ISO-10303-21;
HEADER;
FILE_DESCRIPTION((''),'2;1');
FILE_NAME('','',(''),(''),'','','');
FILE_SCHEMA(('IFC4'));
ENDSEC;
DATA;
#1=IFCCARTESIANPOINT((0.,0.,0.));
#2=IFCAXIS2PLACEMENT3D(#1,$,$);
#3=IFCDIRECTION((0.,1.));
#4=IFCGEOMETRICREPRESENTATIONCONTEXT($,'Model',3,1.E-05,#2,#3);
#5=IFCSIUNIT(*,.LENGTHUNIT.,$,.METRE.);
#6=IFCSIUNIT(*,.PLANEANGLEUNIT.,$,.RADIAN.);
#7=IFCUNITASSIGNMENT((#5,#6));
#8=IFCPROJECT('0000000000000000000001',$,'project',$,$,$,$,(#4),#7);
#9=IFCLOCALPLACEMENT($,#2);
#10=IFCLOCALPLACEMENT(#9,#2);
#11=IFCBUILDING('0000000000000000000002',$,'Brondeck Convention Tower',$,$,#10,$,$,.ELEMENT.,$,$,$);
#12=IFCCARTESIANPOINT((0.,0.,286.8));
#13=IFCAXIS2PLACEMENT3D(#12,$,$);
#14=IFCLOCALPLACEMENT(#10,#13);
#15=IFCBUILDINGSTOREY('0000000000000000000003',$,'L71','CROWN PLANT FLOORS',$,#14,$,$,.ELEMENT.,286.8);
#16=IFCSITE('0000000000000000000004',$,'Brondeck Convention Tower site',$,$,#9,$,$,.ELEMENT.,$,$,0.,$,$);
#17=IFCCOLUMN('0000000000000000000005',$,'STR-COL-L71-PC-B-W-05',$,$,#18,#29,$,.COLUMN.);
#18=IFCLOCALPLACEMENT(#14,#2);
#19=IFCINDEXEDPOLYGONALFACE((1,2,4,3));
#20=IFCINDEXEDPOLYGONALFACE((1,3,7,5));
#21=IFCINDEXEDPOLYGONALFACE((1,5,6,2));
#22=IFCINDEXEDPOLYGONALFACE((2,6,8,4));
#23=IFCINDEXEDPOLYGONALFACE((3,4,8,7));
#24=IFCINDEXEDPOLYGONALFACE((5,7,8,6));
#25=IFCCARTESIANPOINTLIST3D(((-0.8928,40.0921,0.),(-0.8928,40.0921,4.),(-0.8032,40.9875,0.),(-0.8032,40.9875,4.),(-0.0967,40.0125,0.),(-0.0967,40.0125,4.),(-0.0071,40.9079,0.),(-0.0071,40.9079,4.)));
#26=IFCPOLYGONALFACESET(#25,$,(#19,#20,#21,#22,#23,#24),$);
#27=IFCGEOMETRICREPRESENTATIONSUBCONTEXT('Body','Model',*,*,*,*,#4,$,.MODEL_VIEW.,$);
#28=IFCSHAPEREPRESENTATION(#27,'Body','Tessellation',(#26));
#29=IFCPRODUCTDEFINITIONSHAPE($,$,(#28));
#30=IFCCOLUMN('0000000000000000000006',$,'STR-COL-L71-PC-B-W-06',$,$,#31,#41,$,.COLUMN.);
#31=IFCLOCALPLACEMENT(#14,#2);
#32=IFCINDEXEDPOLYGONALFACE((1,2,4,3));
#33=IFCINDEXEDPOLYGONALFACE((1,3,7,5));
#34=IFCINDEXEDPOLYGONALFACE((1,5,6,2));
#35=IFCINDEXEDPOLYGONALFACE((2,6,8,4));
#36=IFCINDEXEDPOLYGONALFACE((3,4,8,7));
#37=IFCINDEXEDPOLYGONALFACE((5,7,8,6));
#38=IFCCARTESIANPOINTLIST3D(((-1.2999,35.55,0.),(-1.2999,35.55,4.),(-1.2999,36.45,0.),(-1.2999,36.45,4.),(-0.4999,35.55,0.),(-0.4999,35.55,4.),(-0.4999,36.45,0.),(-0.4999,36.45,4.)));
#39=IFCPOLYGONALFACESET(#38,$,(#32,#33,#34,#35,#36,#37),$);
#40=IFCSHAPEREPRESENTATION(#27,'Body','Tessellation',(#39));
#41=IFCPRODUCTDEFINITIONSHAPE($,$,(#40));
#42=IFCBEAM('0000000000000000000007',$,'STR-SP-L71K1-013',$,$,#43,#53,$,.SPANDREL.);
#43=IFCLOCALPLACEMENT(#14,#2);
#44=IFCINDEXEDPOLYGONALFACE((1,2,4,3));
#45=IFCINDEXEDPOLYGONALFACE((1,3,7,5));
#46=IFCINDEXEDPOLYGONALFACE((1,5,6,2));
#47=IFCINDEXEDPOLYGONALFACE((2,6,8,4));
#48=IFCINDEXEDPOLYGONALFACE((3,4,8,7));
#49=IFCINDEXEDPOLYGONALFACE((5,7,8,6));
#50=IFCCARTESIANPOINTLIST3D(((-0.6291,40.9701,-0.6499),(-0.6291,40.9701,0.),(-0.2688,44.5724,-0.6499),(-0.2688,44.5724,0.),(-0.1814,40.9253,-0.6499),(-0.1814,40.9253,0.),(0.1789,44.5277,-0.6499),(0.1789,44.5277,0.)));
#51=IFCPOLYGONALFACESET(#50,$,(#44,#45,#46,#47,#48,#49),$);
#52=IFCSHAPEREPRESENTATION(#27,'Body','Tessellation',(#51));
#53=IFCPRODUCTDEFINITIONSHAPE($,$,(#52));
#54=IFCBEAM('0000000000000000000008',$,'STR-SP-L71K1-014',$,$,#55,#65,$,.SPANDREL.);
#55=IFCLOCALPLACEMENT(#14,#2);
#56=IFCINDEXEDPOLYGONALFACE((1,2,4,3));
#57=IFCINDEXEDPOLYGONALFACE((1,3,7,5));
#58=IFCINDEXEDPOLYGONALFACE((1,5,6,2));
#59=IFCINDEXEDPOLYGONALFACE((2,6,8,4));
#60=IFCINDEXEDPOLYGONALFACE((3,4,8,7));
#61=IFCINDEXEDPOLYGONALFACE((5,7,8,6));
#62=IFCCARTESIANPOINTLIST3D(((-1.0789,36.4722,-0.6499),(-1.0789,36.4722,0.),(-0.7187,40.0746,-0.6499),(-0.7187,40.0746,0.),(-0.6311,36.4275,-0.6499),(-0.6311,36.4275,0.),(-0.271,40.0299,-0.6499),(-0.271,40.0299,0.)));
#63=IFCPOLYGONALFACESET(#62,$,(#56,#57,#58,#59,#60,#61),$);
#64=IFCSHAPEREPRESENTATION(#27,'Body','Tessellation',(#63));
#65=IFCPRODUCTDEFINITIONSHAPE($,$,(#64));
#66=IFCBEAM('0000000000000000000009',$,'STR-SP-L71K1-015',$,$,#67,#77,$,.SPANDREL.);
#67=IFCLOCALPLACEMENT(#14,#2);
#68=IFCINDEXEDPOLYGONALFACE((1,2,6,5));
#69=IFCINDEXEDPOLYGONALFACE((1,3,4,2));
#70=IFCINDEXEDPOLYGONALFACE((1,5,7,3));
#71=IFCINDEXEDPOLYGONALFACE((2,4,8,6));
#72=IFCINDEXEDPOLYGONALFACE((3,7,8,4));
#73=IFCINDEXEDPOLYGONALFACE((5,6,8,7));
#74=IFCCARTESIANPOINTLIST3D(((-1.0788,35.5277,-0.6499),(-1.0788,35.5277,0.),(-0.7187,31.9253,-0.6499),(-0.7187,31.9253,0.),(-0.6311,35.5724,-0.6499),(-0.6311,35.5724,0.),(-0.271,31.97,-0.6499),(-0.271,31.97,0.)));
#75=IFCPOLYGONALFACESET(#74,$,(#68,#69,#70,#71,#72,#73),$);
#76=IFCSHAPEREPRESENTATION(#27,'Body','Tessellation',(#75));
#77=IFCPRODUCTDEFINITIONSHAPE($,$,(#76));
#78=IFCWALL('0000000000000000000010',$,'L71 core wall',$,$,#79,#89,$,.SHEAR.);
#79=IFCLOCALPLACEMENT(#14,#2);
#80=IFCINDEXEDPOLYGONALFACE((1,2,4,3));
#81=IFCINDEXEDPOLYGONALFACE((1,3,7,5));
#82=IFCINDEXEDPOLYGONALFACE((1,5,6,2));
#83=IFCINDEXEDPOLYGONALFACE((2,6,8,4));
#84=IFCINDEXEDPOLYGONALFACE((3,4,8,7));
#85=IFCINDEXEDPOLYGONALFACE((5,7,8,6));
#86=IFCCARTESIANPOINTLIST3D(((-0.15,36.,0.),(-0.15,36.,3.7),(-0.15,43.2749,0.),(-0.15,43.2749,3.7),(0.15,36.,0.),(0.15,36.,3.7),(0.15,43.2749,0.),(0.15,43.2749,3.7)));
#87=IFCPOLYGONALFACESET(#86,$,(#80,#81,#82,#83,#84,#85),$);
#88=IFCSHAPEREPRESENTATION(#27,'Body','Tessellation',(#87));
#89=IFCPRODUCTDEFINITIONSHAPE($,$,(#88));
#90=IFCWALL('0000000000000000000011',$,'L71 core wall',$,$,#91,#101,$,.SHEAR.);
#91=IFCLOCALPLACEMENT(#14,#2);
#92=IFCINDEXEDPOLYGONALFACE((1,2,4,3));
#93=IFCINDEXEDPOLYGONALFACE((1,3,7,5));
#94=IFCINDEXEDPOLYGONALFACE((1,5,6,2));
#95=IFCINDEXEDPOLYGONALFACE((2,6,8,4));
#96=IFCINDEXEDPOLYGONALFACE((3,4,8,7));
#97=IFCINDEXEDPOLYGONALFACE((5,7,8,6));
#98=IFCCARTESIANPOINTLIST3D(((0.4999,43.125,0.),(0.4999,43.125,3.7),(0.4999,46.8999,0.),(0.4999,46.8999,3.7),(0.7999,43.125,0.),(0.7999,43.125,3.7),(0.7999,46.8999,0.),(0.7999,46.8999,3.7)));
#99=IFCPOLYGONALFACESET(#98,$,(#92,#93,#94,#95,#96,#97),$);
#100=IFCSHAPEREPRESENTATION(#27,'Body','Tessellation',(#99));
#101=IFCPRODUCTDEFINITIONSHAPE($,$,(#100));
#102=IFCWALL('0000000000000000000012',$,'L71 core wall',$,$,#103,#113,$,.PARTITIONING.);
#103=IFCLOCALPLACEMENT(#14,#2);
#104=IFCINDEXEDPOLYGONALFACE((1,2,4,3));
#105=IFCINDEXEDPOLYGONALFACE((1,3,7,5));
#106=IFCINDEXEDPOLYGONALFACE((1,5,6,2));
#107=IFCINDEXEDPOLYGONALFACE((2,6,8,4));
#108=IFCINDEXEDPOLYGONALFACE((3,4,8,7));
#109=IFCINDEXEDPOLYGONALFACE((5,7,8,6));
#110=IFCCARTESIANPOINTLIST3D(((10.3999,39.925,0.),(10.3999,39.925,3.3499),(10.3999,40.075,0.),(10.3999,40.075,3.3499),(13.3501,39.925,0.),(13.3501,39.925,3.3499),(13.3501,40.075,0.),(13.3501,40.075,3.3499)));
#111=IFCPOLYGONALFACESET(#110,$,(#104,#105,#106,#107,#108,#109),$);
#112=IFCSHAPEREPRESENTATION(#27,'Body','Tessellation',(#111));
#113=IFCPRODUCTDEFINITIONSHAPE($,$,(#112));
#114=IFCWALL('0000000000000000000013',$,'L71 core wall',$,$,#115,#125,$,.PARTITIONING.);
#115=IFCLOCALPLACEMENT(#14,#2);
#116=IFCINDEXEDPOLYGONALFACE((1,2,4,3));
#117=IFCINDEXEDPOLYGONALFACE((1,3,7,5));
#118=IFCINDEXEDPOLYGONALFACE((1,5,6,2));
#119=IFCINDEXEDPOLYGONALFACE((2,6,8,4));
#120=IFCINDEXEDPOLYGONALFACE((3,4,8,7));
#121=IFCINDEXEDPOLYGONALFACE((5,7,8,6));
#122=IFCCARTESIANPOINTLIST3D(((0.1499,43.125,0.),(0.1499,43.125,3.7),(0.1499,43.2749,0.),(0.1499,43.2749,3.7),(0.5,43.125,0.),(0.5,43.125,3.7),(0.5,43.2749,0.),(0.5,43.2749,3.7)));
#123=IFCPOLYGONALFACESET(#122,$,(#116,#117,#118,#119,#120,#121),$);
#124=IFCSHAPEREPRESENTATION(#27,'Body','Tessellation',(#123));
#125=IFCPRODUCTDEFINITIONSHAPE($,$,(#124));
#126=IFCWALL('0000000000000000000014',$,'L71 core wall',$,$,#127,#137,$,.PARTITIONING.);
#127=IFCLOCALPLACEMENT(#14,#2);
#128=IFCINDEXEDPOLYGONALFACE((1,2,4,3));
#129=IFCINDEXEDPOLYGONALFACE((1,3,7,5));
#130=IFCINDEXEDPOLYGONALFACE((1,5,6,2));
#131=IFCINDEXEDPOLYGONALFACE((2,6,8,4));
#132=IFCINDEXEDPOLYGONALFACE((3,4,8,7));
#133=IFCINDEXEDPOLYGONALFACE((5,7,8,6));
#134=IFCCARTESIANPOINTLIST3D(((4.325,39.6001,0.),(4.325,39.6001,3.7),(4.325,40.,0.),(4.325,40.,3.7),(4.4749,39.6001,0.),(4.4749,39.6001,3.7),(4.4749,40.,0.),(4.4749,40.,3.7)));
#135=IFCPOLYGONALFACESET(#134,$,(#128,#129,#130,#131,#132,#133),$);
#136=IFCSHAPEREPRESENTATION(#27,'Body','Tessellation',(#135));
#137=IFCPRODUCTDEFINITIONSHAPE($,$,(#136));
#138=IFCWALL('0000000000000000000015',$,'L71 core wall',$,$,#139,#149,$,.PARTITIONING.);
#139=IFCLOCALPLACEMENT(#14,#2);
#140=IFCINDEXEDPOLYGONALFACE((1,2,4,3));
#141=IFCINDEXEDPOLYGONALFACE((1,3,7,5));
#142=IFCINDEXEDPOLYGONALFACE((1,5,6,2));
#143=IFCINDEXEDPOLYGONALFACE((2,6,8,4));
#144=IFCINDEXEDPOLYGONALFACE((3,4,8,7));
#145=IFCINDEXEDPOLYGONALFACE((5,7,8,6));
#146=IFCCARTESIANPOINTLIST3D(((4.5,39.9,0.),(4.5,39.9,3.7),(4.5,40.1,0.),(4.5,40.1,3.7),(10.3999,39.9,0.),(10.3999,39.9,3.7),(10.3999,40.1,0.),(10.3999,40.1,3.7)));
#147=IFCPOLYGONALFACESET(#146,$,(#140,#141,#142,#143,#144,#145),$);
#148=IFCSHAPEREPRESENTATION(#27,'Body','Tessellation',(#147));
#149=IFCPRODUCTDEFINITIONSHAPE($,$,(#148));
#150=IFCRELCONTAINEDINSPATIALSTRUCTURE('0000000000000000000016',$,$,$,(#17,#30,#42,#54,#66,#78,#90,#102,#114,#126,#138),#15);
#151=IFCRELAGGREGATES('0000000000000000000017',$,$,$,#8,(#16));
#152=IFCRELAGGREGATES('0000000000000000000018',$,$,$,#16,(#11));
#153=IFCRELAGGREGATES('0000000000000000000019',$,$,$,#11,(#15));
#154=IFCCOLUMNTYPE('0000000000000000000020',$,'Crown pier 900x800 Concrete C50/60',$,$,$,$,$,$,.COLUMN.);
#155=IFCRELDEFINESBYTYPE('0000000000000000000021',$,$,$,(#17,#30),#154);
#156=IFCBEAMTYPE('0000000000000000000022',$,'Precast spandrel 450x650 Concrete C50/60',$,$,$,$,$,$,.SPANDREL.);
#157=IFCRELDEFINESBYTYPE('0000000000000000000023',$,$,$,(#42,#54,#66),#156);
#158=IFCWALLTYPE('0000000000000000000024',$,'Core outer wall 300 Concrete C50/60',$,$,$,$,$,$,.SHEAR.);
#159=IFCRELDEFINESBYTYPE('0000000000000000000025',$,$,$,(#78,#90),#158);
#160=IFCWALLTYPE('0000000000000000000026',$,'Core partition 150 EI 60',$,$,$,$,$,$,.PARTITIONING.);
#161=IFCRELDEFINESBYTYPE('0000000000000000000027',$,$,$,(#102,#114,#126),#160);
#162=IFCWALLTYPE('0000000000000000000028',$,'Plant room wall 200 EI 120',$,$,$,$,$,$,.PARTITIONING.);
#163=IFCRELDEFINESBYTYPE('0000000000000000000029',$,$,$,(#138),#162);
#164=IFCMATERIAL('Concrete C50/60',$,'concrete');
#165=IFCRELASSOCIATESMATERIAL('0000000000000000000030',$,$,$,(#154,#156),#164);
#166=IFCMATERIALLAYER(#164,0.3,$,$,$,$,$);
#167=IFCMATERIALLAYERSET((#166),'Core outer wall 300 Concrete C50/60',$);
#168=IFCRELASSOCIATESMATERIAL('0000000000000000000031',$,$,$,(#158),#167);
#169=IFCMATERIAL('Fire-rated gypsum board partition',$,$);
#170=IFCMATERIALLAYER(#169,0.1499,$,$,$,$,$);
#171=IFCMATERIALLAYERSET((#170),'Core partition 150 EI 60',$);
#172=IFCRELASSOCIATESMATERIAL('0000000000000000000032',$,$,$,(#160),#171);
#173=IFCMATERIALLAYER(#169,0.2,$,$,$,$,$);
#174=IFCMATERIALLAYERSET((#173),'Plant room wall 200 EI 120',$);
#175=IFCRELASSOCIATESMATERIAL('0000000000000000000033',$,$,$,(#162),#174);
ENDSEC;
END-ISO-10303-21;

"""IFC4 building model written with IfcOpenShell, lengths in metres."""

from ifc_helpers import new_model, si_unit, direction, frame, frame_2d, origin, origin_2d, place, context, subcontext, project, spatial, rectangle, extrude, material, layer, layer_set, material_profile, profile_set, type_object, element, save


model = new_model("IFC4")

# Units and contexts
model_context = context("Model", 3, precision=1e-05, world=origin(), true_north=direction((0.0, 1.0)))
body_context = subcontext(model_context, "Body", "Model", "MODEL_VIEW")
ifc_project = project(units=[si_unit("LENGTHUNIT", "METRE"), si_unit("PLANEANGLEUNIT", "RADIAN")], contexts=[model_context])

# Site, building, storey
site_placement = place(None, origin())
site = spatial("IfcSite", under=ifc_project, at=site_placement, Name="Brondeck Convention Tower site", CompositionType="ELEMENT", RefElevation=0.0)
building_placement = place(site_placement, origin())
building = spatial("IfcBuilding", under=site, at=building_placement, Name="Brondeck Convention Tower", CompositionType="ELEMENT")
storey_placement = place(building_placement, frame((0.0, 0.0, 286.8)))
storey = spatial("IfcBuildingStorey", under=building, at=storey_placement, Name="L71", Description="CROWN PLANT FLOORS", CompositionType="ELEMENT", Elevation=286.8)

# Columns
ifc_material_1 = material(Name="Concrete C50/60", Category="concrete")
ifc_material_profile_1 = material_profile(ifc_material_1, rectangle(XDim=0.8999, YDim=0.8, at=origin_2d()), Name="Crown pier 900x800 Concrete C50/60")
ifc_profile_set_1 = profile_set([ifc_material_profile_1], Name="Concrete C50/60")
column_type = type_object("IfcColumnType", Name="Crown pier 900x800 Concrete C50/60", PredefinedType="COLUMN", material=ifc_profile_set_1)
for number, where, z_axis, x_axis, name in (
    (1, (-0.45, 40.5, 0.0), (0.0, 0.0, 1.0), (-0.099504, -0.995037, 0.0), "STR-COL-L71-PC-B-W-05"),
    (2, (-0.8999, 36.0, 0.0), (0.0, 0.0, 1.0), (0.0, -1.0, 0.0), "STR-COL-L71-PC-B-W-06"),
):
    element("IfcColumn", number, at=place(storey_placement, frame(where, z_axis=z_axis, x_axis=x_axis)), inside=storey, type_object=column_type, Name=name, PredefinedType="COLUMN", context=body_context, shape_type="SweptSolid", body=[
        extrude(rectangle(XDim=0.8999, YDim=0.8, at=origin_2d()), origin(), (0.0, 0.0, 1.0), 4.0),
    ])

# Beams
ifc_material_profile_2 = material_profile(ifc_material_1, rectangle(XDim=0.45, YDim=0.6499, at=origin_2d()), Name="Precast spandrel 450x650 Concrete C50/60")
ifc_profile_set_2 = profile_set([ifc_material_profile_2], Name="Concrete C50/60")
beam_type = type_object("IfcBeamType", Name="Precast spandrel 450x650 Concrete C50/60", PredefinedType="SPANDREL", material=ifc_profile_set_2)
for number, where, z_axis, x_axis, name in (
    (3, (-0.0449, 44.55, -0.325), (-0.099537, -0.995034, 0.0), (0.995034, -0.099537, 0.0), "STR-SP-L71K1-013"),
    (4, (-0.4949, 40.0522, -0.325), (-0.09947, -0.995041, 0.0), (0.995041, -0.09947, 0.0), "STR-SP-L71K1-014"),
    (5, (-0.855, 35.55, -0.325), (0.09947, -0.995041, 0.0), (0.995041, 0.09947, 0.0), "STR-SP-L71K1-015"),
):
    element("IfcBeam", number, at=place(storey_placement, frame(where, z_axis=z_axis, x_axis=x_axis)), inside=storey, type_object=beam_type, Name=name, PredefinedType="SPANDREL", context=body_context, shape_type="SweptSolid", body=[
        extrude(rectangle(XDim=0.45, YDim=0.6499, at=origin_2d()), origin(), (0.0, 0.0, 1.0), 3.6204),
    ])

# Walls
ifc_layer_1 = layer(ifc_material_1, 0.3)
ifc_layer_set_1 = layer_set([ifc_layer_1], Name="Core outer wall 300 Concrete C50/60")
wall_type_1 = type_object("IfcWallType", Name="Core outer wall 300 Concrete C50/60", PredefinedType="SHEAR", material=ifc_layer_set_1)
wall_1_placement = place(storey_placement, frame((0.0, 36.0, 0.0), z_axis=(0.0, 0.0, 1.0), x_axis=(0.0, 1.0, 0.0)))
element("IfcWall", 6, at=wall_1_placement, inside=storey, type_object=wall_type_1, Name="L71 core wall", PredefinedType="SHEAR", context=body_context, shape_type="SweptSolid", body=[
    extrude(rectangle(XDim=7.2749, YDim=0.3, at=frame_2d((3.6375, 0.0))), origin(), (0.0, 0.0, 1.0), 3.7),
])
wall_2_placement = place(storey_placement, frame((0.6499, 43.125, 0.0), z_axis=(0.0, 0.0, 1.0), x_axis=(0.0, 1.0, 0.0)))
element("IfcWall", 7, at=wall_2_placement, inside=storey, type_object=wall_type_1, Name="L71 core wall", PredefinedType="SHEAR", context=body_context, shape_type="SweptSolid", body=[
    extrude(rectangle(XDim=3.7749, YDim=0.3, at=frame_2d((1.8875, 0.0))), origin(), (0.0, 0.0, 1.0), 3.7),
])
ifc_material_2 = material(Name="Fire-rated gypsum board partition")
ifc_layer_2 = layer(ifc_material_2, 0.1499)
ifc_layer_set_2 = layer_set([ifc_layer_2], Name="Core partition 150 EI 60")
wall_type_2 = type_object("IfcWallType", Name="Core partition 150 EI 60", PredefinedType="PARTITIONING", material=ifc_layer_set_2)
wall_3_placement = place(storey_placement, frame((10.3999, 40.0, 0.0), z_axis=(0.0, 0.0, 1.0), x_axis=(1.0, 0.0, 0.0)))
element("IfcWall", 8, at=wall_3_placement, inside=storey, type_object=wall_type_2, Name="L71 core wall", PredefinedType="PARTITIONING", context=body_context, shape_type="SweptSolid", body=[
    extrude(rectangle(XDim=2.9502, YDim=0.1499, at=frame_2d((1.4751, 0.0))), origin(), (0.0, 0.0, 1.0), 3.3499),
])
wall_4_placement = place(storey_placement, frame((0.1499, 43.2, 0.0), z_axis=(0.0, 0.0, 1.0), x_axis=(1.0, 0.0, 0.0)))
element("IfcWall", 9, at=wall_4_placement, inside=storey, type_object=wall_type_2, Name="L71 core wall", PredefinedType="PARTITIONING", context=body_context, shape_type="SweptSolid", body=[
    extrude(rectangle(XDim=0.3501, YDim=0.1499, at=frame_2d((0.175, 0.0))), origin(), (0.0, 0.0, 1.0), 3.7),
])
wall_5_placement = place(storey_placement, frame((4.3999, 39.6001, 0.0), z_axis=(0.0, 0.0, 1.0), x_axis=(0.0, 1.0, 0.0)))
element("IfcWall", 10, at=wall_5_placement, inside=storey, type_object=wall_type_2, Name="L71 core wall", PredefinedType="PARTITIONING", context=body_context, shape_type="SweptSolid", body=[
    extrude(rectangle(XDim=0.3999, YDim=0.1499, at=frame_2d((0.2, 0.0))), origin(), (0.0, 0.0, 1.0), 3.7),
])
ifc_layer_3 = layer(ifc_material_2, 0.2)
ifc_layer_set_3 = layer_set([ifc_layer_3], Name="Plant room wall 200 EI 120")
wall_type_3 = type_object("IfcWallType", Name="Plant room wall 200 EI 120", PredefinedType="PARTITIONING", material=ifc_layer_set_3)
wall_6_placement = place(storey_placement, frame((4.5, 40.0, 0.0), z_axis=(0.0, 0.0, 1.0), x_axis=(1.0, 0.0, 0.0)))
element("IfcWall", 11, at=wall_6_placement, inside=storey, type_object=wall_type_3, Name="L71 core wall", PredefinedType="PARTITIONING", context=body_context, shape_type="SweptSolid", body=[
    extrude(rectangle(XDim=5.8999, YDim=0.2, at=frame_2d((2.95, 0.0))), origin(), (0.0, 0.0, 1.0), 3.7),
])

save(model, "model.ifc")
